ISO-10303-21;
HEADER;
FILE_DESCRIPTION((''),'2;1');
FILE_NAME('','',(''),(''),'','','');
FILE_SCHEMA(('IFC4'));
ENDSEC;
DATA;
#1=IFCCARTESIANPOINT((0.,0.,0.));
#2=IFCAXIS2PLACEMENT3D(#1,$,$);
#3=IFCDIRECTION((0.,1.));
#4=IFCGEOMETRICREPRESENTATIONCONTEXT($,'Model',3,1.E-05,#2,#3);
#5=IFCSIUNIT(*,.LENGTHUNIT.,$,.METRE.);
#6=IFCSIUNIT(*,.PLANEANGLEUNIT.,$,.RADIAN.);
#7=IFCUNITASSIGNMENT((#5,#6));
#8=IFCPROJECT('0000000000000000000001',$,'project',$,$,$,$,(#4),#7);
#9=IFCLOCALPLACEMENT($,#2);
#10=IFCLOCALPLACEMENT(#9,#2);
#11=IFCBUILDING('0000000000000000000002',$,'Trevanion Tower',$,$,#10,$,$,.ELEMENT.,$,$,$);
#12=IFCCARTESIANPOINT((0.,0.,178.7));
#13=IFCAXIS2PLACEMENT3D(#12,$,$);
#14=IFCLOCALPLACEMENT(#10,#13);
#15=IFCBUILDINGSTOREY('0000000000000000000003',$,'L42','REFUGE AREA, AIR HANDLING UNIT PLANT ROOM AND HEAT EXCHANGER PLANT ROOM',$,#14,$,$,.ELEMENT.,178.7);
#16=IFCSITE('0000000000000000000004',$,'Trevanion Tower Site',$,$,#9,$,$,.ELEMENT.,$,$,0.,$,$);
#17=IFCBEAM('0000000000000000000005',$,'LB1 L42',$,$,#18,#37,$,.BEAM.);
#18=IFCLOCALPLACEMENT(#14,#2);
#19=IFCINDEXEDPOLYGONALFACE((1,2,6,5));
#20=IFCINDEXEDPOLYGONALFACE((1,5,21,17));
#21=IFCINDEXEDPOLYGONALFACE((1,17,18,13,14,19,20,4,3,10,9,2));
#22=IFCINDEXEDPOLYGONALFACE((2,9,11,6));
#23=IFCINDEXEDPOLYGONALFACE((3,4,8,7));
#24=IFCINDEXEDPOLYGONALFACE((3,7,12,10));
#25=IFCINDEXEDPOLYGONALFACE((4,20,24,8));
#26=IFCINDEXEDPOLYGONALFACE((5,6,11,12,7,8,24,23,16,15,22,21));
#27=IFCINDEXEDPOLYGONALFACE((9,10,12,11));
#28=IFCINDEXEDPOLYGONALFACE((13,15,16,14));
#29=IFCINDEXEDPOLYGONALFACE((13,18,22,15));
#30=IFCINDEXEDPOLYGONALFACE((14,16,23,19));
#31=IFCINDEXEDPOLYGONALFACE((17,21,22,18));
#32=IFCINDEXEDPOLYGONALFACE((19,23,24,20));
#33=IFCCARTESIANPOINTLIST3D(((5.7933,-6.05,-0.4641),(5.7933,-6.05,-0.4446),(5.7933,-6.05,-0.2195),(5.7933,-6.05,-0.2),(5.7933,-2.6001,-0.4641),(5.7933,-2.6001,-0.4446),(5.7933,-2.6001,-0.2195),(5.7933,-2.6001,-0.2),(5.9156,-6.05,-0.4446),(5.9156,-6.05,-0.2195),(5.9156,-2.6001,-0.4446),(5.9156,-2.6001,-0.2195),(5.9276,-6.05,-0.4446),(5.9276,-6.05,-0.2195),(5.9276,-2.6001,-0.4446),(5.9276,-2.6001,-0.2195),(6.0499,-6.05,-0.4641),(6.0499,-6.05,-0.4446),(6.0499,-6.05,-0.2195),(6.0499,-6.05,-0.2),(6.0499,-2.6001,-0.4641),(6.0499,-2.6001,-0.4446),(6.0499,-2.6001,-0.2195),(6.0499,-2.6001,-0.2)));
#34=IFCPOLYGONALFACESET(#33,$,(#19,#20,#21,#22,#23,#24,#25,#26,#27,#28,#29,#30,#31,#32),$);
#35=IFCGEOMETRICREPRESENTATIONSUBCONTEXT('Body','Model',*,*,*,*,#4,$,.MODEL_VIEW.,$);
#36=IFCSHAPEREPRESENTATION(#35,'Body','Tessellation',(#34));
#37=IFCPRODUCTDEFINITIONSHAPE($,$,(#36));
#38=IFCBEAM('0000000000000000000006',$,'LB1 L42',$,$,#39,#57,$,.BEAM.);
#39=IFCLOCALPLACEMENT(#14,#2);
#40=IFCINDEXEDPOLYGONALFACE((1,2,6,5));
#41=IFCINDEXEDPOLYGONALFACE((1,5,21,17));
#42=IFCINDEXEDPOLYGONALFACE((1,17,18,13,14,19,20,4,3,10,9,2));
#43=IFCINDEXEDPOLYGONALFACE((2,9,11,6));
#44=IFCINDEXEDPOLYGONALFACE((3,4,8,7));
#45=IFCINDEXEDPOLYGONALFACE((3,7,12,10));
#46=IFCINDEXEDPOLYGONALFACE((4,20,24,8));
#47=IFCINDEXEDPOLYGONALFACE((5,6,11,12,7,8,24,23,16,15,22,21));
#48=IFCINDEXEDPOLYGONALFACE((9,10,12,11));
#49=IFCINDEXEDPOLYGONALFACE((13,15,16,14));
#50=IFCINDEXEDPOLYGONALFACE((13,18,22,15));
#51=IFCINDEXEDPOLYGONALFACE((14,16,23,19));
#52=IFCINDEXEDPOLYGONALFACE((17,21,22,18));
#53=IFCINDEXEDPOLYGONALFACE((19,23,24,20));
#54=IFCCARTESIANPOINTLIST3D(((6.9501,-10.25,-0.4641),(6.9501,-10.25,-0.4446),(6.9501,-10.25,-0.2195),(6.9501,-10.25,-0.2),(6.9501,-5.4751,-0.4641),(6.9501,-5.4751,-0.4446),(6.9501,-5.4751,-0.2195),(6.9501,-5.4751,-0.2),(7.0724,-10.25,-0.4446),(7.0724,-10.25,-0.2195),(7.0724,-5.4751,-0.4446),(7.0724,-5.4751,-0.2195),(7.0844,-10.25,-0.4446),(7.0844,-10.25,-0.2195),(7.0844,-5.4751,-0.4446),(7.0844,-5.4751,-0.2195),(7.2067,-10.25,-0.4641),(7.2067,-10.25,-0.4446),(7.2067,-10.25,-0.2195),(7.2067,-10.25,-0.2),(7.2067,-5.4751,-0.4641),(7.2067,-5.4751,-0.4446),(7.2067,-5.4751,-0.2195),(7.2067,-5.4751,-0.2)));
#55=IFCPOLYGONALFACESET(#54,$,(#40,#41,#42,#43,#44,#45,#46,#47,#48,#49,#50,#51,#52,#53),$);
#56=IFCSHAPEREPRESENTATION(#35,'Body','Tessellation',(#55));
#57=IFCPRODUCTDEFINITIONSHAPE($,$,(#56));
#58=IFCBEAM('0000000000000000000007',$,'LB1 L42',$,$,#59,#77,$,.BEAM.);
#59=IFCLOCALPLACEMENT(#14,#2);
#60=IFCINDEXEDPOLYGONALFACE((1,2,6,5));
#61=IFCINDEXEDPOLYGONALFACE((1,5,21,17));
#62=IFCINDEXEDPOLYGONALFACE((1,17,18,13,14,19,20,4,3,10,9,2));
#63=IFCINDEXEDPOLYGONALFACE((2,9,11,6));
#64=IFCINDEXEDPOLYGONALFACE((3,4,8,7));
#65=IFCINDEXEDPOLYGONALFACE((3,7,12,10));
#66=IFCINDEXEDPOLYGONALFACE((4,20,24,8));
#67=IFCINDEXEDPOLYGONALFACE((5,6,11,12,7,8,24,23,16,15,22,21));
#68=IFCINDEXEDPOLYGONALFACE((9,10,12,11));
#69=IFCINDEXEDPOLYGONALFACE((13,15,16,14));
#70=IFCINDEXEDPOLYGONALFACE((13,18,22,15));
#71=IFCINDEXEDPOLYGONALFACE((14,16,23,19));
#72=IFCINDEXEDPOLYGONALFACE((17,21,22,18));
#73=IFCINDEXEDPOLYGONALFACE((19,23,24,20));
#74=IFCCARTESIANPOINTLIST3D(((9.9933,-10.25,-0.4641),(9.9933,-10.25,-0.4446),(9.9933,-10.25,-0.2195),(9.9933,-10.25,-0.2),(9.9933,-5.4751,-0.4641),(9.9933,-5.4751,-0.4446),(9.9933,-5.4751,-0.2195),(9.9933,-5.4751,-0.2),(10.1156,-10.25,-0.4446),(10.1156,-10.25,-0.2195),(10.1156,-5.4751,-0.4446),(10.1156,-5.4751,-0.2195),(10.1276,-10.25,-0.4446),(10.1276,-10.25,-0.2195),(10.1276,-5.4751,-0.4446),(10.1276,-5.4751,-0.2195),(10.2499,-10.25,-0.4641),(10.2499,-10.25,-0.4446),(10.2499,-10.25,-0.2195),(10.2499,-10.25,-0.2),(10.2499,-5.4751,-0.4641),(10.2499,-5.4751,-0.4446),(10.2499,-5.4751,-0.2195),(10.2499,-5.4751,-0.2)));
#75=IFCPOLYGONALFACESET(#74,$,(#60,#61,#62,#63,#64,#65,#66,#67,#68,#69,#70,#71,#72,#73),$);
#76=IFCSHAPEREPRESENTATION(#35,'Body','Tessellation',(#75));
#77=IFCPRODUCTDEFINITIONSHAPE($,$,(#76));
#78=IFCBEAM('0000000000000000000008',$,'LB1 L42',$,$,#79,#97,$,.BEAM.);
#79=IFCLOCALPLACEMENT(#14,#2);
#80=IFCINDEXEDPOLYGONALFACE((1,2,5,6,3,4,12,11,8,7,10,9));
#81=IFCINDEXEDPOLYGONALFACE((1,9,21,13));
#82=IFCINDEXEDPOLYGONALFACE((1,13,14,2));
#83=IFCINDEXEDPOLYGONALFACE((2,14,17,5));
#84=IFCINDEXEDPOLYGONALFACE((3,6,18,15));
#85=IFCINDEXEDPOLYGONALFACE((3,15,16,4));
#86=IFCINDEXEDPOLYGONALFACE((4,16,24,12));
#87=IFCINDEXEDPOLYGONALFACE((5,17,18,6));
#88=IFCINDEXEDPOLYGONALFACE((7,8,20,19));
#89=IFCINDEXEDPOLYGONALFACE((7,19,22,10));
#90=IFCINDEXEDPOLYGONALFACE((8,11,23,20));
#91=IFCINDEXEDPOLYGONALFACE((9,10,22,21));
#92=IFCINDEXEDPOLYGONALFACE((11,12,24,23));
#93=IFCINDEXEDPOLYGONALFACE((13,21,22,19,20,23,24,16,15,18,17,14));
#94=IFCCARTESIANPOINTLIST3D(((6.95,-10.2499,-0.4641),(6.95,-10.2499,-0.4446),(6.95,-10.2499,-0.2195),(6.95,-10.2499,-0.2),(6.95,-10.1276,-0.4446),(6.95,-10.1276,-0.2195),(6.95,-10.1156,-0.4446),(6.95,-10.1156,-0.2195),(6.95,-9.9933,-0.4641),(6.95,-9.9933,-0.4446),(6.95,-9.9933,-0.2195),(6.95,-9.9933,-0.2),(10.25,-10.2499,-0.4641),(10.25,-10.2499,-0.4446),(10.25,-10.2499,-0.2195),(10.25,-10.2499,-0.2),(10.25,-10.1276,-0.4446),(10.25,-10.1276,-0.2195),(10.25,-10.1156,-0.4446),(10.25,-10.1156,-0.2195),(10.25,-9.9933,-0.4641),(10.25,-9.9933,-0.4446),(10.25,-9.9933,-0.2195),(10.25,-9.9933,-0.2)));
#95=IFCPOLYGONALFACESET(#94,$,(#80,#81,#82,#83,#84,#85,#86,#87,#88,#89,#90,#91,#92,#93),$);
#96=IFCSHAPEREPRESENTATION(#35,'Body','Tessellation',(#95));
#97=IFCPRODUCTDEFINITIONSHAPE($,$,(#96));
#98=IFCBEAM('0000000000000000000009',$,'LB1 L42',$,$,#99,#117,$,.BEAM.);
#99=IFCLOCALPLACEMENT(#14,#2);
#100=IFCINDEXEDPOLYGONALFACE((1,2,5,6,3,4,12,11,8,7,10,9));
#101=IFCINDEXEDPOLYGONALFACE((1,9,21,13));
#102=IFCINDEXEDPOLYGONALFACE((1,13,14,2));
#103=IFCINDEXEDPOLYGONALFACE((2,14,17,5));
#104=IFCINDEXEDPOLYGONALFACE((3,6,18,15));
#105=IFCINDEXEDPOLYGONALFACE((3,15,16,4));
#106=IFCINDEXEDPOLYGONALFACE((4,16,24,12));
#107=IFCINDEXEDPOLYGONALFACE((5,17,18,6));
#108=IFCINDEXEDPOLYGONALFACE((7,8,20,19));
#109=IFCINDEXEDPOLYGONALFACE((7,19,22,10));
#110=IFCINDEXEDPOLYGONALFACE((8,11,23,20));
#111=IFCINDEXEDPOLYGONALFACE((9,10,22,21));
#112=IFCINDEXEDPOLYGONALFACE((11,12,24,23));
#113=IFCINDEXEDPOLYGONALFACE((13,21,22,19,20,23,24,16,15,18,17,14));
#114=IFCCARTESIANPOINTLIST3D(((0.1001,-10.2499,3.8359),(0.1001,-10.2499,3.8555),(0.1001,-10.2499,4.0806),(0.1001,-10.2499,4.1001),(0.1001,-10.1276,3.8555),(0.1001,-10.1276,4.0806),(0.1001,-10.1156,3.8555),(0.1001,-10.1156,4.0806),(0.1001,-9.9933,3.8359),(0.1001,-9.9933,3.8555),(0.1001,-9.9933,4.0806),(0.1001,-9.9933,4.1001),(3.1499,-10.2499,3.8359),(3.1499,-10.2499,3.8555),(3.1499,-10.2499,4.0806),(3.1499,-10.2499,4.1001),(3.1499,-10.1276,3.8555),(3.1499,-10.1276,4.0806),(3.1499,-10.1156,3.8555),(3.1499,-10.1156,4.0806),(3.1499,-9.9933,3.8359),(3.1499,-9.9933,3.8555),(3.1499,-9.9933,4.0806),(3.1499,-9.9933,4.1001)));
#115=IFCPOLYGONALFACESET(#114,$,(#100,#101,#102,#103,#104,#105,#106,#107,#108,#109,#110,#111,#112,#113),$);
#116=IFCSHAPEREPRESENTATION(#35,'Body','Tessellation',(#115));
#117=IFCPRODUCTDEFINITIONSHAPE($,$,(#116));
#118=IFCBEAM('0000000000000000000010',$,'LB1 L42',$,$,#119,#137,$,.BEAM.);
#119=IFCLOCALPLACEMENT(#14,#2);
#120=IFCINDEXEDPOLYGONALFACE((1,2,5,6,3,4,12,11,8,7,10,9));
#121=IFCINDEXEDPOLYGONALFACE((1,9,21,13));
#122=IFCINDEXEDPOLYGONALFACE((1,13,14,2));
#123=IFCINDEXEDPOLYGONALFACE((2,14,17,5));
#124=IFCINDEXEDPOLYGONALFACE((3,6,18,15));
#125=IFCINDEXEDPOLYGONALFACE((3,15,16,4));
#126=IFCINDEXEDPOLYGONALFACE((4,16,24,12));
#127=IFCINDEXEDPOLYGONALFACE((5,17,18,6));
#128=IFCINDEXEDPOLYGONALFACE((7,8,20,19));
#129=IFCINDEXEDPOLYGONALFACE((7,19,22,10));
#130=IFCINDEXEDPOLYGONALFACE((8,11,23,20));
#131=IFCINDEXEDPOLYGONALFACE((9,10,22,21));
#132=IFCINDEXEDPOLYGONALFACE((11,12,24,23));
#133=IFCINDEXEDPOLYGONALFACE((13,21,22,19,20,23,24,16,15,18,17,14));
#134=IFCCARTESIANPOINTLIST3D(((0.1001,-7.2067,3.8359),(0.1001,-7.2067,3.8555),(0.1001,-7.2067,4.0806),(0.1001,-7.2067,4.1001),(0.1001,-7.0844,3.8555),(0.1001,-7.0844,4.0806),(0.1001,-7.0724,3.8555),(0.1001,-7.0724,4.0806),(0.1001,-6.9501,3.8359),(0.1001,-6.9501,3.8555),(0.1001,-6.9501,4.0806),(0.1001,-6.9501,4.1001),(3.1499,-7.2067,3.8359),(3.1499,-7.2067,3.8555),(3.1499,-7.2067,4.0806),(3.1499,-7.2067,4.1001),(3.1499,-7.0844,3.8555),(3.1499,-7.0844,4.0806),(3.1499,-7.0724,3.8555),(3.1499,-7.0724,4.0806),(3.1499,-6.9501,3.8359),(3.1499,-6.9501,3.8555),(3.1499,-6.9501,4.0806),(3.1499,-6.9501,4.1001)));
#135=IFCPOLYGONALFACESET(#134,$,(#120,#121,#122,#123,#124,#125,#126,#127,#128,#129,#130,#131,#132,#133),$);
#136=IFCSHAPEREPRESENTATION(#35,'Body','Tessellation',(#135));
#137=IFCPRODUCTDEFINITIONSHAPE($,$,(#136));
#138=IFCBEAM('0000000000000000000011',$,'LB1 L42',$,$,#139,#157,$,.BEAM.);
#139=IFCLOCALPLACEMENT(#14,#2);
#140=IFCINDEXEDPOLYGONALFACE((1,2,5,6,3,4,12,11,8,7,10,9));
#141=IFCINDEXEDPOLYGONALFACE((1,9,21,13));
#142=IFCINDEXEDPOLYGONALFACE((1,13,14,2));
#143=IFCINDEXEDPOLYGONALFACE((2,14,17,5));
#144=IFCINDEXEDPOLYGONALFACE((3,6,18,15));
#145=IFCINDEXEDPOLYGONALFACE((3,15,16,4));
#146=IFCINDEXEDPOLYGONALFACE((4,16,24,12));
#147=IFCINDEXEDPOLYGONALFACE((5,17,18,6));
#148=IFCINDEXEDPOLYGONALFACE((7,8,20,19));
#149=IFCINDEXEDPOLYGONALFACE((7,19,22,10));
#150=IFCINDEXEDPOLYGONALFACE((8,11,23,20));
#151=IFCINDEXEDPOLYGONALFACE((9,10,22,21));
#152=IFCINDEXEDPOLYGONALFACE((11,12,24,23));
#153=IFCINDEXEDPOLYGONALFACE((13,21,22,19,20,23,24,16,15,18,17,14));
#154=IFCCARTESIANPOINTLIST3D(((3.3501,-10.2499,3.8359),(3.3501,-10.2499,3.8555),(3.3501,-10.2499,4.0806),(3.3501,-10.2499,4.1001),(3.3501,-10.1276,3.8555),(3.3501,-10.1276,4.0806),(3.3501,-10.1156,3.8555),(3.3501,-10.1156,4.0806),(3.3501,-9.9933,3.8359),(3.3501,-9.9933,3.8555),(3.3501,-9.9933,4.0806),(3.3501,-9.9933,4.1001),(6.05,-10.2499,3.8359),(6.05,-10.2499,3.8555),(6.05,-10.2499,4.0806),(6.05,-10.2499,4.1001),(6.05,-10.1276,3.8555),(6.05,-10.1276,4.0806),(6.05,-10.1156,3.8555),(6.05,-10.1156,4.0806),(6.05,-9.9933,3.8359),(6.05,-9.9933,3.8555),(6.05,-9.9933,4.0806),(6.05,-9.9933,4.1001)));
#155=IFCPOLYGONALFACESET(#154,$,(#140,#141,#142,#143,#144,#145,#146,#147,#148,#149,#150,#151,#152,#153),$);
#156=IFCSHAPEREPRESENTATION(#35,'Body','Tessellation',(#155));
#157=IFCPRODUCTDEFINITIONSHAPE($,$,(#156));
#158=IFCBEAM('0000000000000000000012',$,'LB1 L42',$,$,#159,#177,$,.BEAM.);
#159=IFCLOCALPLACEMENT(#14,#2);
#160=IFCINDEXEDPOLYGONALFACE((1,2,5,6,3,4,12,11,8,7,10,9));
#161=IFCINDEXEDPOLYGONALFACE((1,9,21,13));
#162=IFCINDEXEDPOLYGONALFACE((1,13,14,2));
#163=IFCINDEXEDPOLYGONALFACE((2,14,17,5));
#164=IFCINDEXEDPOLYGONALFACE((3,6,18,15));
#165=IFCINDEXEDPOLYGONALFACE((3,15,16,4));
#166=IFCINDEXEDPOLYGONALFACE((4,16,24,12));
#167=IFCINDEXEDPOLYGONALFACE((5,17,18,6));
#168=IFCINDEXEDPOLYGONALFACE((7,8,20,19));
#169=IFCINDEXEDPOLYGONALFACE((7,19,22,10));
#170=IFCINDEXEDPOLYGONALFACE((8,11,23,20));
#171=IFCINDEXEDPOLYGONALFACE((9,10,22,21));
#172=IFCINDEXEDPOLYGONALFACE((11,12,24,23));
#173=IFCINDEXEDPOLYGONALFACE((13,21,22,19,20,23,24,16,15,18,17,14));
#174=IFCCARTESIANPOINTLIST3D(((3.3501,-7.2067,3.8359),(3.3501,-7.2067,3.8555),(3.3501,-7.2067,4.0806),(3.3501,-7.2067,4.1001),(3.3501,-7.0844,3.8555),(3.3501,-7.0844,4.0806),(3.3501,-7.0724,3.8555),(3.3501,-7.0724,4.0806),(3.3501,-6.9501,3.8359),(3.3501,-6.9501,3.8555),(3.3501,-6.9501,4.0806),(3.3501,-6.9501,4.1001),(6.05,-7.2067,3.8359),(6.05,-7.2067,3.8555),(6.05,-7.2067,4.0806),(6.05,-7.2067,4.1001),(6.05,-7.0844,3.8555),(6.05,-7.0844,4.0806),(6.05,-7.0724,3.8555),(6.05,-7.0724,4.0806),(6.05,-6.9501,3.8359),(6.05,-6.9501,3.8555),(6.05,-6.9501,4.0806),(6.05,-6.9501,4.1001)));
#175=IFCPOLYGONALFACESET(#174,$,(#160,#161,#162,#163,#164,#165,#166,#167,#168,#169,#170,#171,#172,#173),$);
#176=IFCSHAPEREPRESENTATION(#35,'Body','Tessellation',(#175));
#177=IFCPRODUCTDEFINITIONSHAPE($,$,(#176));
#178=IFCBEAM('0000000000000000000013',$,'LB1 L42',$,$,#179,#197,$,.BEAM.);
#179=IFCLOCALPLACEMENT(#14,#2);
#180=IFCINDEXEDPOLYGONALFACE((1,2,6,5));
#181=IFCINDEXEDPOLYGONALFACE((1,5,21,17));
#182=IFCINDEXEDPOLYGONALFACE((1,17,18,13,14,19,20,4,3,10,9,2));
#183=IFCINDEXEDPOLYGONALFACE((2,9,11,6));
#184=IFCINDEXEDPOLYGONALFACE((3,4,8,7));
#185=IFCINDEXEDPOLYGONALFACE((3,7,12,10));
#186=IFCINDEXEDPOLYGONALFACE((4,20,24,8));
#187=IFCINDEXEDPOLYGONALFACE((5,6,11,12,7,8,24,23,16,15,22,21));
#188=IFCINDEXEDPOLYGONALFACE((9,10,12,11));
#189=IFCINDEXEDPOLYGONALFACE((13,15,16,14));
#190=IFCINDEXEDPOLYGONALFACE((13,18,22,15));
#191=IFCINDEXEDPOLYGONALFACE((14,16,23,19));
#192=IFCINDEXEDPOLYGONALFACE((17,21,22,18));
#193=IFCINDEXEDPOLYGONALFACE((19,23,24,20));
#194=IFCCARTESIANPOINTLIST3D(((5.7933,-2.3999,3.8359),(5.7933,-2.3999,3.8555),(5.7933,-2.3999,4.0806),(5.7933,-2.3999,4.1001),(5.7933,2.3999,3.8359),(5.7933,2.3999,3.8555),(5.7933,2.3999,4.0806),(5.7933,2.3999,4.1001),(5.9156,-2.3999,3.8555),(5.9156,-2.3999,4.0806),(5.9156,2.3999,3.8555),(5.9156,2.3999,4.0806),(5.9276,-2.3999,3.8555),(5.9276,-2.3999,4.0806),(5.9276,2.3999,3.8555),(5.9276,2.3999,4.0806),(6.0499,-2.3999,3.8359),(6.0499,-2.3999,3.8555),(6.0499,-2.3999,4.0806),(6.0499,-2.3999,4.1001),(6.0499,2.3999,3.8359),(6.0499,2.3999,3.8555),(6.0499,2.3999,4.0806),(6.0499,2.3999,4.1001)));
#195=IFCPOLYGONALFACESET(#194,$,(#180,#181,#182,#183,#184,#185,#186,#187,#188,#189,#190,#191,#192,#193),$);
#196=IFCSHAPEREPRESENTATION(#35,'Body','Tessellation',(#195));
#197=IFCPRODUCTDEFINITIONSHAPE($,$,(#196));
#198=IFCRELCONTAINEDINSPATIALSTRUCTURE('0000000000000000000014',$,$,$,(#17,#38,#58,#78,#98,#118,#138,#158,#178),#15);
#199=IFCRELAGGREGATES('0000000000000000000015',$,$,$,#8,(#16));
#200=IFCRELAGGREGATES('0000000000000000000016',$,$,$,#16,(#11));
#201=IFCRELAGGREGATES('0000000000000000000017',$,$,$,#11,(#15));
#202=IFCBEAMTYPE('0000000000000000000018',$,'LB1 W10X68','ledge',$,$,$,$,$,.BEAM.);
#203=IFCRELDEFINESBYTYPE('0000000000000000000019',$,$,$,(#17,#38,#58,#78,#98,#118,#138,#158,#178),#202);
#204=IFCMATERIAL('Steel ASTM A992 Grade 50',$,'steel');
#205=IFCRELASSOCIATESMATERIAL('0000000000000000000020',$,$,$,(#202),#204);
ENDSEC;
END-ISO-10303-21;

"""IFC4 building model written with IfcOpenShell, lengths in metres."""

from ifc_helpers import new_model, si_unit, direction, frame, origin, origin_2d, place, context, subcontext, project, spatial, i_section, extrude, material, material_profile, profile_set, type_object, element, save


model = new_model("IFC4")

# Units and contexts
model_context = context("Model", 3, precision=1e-05, world=origin(), true_north=direction((0.0, 1.0)))
body_context = subcontext(model_context, "Body", "Model", "MODEL_VIEW")
ifc_project = project(units=[si_unit("LENGTHUNIT", "METRE"), si_unit("PLANEANGLEUNIT", "RADIAN")], contexts=[model_context])

# Site, building, storey
site_placement = place(None, origin())
site = spatial("IfcSite", under=ifc_project, at=site_placement, Name="Trevanion Tower Site", CompositionType="ELEMENT", RefElevation=0.0)
building_placement = place(site_placement, origin())
building = spatial("IfcBuilding", under=site, at=building_placement, Name="Trevanion Tower", CompositionType="ELEMENT")
storey_placement = place(building_placement, frame((0.0, 0.0, 178.7)))
storey = spatial("IfcBuildingStorey", under=building, at=storey_placement, Name="L42", Description="REFUGE AREA, AIR HANDLING UNIT PLANT ROOM AND HEAT EXCHANGER PLANT ROOM", CompositionType="ELEMENT", Elevation=178.7)

# Beams
ifc_material_1 = material(Name="Steel ASTM A992 Grade 50", Category="steel")
ifc_material_profile_1 = material_profile(ifc_material_1, i_section(OverallWidth=0.2566, OverallDepth=0.2642, WebThickness=0.012, FlangeThickness=0.0195, at=origin_2d()), Name="W10X68")
ifc_profile_set_1 = profile_set([ifc_material_profile_1], Name="Steel ASTM A992 Grade 50")
beam_type_1 = type_object("IfcBeamType", Name="LB1 W10X68", Description="ledge", PredefinedType="BEAM", material=ifc_profile_set_1)
beam_1_placement = place(storey_placement, frame((5.9216, -6.05, -0.332), z_axis=(0.0, 1.0, 0.0), x_axis=(-1.0, 0.0, 0.0)))
element("IfcBeam", 1, at=beam_1_placement, inside=storey, type_object=beam_type_1, Name="LB1 L42", PredefinedType="BEAM", context=body_context, shape_type="SweptSolid", body=[
    extrude(i_section(OverallWidth=0.2566, OverallDepth=0.2642, WebThickness=0.012, FlangeThickness=0.0195, at=origin_2d()), origin(), (0.0, 0.0, 1.0), 3.45),
])
for number, where, z_axis, x_axis, name in (
    (2, (7.0784, -10.25, -0.332), (0.0, 1.0, 0.0), (-1.0, 0.0, 0.0), "LB1 L42"),
    (3, (10.1216, -10.25, -0.332), (0.0, 1.0, 0.0), (-1.0, 0.0, 0.0), "LB1 L42"),
):
    element("IfcBeam", number, at=place(storey_placement, frame(where, z_axis=z_axis, x_axis=x_axis)), inside=storey, type_object=beam_type_1, Name=name, PredefinedType="BEAM", context=body_context, shape_type="SweptSolid", body=[
        extrude(i_section(OverallWidth=0.2566, OverallDepth=0.2642, WebThickness=0.012, FlangeThickness=0.0195, at=origin_2d()), origin(), (0.0, 0.0, 1.0), 4.7749),
    ])
beam_2_placement = place(storey_placement, frame((6.95, -10.1216, -0.332), z_axis=(1.0, 0.0, 0.0), x_axis=(0.0, 1.0, 0.0)))
element("IfcBeam", 4, at=beam_2_placement, inside=storey, type_object=beam_type_1, Name="LB1 L42", PredefinedType="BEAM", context=body_context, shape_type="SweptSolid", body=[
    extrude(i_section(OverallWidth=0.2566, OverallDepth=0.2642, WebThickness=0.012, FlangeThickness=0.0195, at=origin_2d()), origin(), (0.0, 0.0, 1.0), 3.3),
])
for number, where, z_axis, x_axis, name in (
    (5, (0.1001, -10.1216, 3.968), (1.0, 0.0, 0.0), (0.0, 1.0, 0.0), "LB1 L42"),
    (6, (0.1001, -7.0784, 3.968), (1.0, 0.0, 0.0), (0.0, 1.0, 0.0), "LB1 L42"),
):
    element("IfcBeam", number, at=place(storey_placement, frame(where, z_axis=z_axis, x_axis=x_axis)), inside=storey, type_object=beam_type_1, Name=name, PredefinedType="BEAM", context=body_context, shape_type="SweptSolid", body=[
        extrude(i_section(OverallWidth=0.2566, OverallDepth=0.2642, WebThickness=0.012, FlangeThickness=0.0195, at=origin_2d()), origin(), (0.0, 0.0, 1.0), 3.0498),
    ])
for number, where, z_axis, x_axis, name in (
    (7, (3.3501, -10.1216, 3.968), (1.0, 0.0, 0.0), (0.0, 1.0, 0.0), "LB1 L42"),
    (8, (3.3501, -7.0784, 3.968), (1.0, 0.0, 0.0), (0.0, 1.0, 0.0), "LB1 L42"),
):
    element("IfcBeam", number, at=place(storey_placement, frame(where, z_axis=z_axis, x_axis=x_axis)), inside=storey, type_object=beam_type_1, Name=name, PredefinedType="BEAM", context=body_context, shape_type="SweptSolid", body=[
        extrude(i_section(OverallWidth=0.2566, OverallDepth=0.2642, WebThickness=0.012, FlangeThickness=0.0195, at=origin_2d()), origin(), (0.0, 0.0, 1.0), 2.7),
    ])
beam_3_placement = place(storey_placement, frame((5.9216, -2.3999, 3.968), z_axis=(0.0, 1.0, 0.0), x_axis=(-1.0, 0.0, 0.0)))
element("IfcBeam", 9, at=beam_3_placement, inside=storey, type_object=beam_type_1, Name="LB1 L42", PredefinedType="BEAM", context=body_context, shape_type="SweptSolid", body=[
    extrude(i_section(OverallWidth=0.2566, OverallDepth=0.2642, WebThickness=0.012, FlangeThickness=0.0195, at=origin_2d()), origin(), (0.0, 0.0, 1.0), 4.7998),
])

save(model, "model.ifc")
